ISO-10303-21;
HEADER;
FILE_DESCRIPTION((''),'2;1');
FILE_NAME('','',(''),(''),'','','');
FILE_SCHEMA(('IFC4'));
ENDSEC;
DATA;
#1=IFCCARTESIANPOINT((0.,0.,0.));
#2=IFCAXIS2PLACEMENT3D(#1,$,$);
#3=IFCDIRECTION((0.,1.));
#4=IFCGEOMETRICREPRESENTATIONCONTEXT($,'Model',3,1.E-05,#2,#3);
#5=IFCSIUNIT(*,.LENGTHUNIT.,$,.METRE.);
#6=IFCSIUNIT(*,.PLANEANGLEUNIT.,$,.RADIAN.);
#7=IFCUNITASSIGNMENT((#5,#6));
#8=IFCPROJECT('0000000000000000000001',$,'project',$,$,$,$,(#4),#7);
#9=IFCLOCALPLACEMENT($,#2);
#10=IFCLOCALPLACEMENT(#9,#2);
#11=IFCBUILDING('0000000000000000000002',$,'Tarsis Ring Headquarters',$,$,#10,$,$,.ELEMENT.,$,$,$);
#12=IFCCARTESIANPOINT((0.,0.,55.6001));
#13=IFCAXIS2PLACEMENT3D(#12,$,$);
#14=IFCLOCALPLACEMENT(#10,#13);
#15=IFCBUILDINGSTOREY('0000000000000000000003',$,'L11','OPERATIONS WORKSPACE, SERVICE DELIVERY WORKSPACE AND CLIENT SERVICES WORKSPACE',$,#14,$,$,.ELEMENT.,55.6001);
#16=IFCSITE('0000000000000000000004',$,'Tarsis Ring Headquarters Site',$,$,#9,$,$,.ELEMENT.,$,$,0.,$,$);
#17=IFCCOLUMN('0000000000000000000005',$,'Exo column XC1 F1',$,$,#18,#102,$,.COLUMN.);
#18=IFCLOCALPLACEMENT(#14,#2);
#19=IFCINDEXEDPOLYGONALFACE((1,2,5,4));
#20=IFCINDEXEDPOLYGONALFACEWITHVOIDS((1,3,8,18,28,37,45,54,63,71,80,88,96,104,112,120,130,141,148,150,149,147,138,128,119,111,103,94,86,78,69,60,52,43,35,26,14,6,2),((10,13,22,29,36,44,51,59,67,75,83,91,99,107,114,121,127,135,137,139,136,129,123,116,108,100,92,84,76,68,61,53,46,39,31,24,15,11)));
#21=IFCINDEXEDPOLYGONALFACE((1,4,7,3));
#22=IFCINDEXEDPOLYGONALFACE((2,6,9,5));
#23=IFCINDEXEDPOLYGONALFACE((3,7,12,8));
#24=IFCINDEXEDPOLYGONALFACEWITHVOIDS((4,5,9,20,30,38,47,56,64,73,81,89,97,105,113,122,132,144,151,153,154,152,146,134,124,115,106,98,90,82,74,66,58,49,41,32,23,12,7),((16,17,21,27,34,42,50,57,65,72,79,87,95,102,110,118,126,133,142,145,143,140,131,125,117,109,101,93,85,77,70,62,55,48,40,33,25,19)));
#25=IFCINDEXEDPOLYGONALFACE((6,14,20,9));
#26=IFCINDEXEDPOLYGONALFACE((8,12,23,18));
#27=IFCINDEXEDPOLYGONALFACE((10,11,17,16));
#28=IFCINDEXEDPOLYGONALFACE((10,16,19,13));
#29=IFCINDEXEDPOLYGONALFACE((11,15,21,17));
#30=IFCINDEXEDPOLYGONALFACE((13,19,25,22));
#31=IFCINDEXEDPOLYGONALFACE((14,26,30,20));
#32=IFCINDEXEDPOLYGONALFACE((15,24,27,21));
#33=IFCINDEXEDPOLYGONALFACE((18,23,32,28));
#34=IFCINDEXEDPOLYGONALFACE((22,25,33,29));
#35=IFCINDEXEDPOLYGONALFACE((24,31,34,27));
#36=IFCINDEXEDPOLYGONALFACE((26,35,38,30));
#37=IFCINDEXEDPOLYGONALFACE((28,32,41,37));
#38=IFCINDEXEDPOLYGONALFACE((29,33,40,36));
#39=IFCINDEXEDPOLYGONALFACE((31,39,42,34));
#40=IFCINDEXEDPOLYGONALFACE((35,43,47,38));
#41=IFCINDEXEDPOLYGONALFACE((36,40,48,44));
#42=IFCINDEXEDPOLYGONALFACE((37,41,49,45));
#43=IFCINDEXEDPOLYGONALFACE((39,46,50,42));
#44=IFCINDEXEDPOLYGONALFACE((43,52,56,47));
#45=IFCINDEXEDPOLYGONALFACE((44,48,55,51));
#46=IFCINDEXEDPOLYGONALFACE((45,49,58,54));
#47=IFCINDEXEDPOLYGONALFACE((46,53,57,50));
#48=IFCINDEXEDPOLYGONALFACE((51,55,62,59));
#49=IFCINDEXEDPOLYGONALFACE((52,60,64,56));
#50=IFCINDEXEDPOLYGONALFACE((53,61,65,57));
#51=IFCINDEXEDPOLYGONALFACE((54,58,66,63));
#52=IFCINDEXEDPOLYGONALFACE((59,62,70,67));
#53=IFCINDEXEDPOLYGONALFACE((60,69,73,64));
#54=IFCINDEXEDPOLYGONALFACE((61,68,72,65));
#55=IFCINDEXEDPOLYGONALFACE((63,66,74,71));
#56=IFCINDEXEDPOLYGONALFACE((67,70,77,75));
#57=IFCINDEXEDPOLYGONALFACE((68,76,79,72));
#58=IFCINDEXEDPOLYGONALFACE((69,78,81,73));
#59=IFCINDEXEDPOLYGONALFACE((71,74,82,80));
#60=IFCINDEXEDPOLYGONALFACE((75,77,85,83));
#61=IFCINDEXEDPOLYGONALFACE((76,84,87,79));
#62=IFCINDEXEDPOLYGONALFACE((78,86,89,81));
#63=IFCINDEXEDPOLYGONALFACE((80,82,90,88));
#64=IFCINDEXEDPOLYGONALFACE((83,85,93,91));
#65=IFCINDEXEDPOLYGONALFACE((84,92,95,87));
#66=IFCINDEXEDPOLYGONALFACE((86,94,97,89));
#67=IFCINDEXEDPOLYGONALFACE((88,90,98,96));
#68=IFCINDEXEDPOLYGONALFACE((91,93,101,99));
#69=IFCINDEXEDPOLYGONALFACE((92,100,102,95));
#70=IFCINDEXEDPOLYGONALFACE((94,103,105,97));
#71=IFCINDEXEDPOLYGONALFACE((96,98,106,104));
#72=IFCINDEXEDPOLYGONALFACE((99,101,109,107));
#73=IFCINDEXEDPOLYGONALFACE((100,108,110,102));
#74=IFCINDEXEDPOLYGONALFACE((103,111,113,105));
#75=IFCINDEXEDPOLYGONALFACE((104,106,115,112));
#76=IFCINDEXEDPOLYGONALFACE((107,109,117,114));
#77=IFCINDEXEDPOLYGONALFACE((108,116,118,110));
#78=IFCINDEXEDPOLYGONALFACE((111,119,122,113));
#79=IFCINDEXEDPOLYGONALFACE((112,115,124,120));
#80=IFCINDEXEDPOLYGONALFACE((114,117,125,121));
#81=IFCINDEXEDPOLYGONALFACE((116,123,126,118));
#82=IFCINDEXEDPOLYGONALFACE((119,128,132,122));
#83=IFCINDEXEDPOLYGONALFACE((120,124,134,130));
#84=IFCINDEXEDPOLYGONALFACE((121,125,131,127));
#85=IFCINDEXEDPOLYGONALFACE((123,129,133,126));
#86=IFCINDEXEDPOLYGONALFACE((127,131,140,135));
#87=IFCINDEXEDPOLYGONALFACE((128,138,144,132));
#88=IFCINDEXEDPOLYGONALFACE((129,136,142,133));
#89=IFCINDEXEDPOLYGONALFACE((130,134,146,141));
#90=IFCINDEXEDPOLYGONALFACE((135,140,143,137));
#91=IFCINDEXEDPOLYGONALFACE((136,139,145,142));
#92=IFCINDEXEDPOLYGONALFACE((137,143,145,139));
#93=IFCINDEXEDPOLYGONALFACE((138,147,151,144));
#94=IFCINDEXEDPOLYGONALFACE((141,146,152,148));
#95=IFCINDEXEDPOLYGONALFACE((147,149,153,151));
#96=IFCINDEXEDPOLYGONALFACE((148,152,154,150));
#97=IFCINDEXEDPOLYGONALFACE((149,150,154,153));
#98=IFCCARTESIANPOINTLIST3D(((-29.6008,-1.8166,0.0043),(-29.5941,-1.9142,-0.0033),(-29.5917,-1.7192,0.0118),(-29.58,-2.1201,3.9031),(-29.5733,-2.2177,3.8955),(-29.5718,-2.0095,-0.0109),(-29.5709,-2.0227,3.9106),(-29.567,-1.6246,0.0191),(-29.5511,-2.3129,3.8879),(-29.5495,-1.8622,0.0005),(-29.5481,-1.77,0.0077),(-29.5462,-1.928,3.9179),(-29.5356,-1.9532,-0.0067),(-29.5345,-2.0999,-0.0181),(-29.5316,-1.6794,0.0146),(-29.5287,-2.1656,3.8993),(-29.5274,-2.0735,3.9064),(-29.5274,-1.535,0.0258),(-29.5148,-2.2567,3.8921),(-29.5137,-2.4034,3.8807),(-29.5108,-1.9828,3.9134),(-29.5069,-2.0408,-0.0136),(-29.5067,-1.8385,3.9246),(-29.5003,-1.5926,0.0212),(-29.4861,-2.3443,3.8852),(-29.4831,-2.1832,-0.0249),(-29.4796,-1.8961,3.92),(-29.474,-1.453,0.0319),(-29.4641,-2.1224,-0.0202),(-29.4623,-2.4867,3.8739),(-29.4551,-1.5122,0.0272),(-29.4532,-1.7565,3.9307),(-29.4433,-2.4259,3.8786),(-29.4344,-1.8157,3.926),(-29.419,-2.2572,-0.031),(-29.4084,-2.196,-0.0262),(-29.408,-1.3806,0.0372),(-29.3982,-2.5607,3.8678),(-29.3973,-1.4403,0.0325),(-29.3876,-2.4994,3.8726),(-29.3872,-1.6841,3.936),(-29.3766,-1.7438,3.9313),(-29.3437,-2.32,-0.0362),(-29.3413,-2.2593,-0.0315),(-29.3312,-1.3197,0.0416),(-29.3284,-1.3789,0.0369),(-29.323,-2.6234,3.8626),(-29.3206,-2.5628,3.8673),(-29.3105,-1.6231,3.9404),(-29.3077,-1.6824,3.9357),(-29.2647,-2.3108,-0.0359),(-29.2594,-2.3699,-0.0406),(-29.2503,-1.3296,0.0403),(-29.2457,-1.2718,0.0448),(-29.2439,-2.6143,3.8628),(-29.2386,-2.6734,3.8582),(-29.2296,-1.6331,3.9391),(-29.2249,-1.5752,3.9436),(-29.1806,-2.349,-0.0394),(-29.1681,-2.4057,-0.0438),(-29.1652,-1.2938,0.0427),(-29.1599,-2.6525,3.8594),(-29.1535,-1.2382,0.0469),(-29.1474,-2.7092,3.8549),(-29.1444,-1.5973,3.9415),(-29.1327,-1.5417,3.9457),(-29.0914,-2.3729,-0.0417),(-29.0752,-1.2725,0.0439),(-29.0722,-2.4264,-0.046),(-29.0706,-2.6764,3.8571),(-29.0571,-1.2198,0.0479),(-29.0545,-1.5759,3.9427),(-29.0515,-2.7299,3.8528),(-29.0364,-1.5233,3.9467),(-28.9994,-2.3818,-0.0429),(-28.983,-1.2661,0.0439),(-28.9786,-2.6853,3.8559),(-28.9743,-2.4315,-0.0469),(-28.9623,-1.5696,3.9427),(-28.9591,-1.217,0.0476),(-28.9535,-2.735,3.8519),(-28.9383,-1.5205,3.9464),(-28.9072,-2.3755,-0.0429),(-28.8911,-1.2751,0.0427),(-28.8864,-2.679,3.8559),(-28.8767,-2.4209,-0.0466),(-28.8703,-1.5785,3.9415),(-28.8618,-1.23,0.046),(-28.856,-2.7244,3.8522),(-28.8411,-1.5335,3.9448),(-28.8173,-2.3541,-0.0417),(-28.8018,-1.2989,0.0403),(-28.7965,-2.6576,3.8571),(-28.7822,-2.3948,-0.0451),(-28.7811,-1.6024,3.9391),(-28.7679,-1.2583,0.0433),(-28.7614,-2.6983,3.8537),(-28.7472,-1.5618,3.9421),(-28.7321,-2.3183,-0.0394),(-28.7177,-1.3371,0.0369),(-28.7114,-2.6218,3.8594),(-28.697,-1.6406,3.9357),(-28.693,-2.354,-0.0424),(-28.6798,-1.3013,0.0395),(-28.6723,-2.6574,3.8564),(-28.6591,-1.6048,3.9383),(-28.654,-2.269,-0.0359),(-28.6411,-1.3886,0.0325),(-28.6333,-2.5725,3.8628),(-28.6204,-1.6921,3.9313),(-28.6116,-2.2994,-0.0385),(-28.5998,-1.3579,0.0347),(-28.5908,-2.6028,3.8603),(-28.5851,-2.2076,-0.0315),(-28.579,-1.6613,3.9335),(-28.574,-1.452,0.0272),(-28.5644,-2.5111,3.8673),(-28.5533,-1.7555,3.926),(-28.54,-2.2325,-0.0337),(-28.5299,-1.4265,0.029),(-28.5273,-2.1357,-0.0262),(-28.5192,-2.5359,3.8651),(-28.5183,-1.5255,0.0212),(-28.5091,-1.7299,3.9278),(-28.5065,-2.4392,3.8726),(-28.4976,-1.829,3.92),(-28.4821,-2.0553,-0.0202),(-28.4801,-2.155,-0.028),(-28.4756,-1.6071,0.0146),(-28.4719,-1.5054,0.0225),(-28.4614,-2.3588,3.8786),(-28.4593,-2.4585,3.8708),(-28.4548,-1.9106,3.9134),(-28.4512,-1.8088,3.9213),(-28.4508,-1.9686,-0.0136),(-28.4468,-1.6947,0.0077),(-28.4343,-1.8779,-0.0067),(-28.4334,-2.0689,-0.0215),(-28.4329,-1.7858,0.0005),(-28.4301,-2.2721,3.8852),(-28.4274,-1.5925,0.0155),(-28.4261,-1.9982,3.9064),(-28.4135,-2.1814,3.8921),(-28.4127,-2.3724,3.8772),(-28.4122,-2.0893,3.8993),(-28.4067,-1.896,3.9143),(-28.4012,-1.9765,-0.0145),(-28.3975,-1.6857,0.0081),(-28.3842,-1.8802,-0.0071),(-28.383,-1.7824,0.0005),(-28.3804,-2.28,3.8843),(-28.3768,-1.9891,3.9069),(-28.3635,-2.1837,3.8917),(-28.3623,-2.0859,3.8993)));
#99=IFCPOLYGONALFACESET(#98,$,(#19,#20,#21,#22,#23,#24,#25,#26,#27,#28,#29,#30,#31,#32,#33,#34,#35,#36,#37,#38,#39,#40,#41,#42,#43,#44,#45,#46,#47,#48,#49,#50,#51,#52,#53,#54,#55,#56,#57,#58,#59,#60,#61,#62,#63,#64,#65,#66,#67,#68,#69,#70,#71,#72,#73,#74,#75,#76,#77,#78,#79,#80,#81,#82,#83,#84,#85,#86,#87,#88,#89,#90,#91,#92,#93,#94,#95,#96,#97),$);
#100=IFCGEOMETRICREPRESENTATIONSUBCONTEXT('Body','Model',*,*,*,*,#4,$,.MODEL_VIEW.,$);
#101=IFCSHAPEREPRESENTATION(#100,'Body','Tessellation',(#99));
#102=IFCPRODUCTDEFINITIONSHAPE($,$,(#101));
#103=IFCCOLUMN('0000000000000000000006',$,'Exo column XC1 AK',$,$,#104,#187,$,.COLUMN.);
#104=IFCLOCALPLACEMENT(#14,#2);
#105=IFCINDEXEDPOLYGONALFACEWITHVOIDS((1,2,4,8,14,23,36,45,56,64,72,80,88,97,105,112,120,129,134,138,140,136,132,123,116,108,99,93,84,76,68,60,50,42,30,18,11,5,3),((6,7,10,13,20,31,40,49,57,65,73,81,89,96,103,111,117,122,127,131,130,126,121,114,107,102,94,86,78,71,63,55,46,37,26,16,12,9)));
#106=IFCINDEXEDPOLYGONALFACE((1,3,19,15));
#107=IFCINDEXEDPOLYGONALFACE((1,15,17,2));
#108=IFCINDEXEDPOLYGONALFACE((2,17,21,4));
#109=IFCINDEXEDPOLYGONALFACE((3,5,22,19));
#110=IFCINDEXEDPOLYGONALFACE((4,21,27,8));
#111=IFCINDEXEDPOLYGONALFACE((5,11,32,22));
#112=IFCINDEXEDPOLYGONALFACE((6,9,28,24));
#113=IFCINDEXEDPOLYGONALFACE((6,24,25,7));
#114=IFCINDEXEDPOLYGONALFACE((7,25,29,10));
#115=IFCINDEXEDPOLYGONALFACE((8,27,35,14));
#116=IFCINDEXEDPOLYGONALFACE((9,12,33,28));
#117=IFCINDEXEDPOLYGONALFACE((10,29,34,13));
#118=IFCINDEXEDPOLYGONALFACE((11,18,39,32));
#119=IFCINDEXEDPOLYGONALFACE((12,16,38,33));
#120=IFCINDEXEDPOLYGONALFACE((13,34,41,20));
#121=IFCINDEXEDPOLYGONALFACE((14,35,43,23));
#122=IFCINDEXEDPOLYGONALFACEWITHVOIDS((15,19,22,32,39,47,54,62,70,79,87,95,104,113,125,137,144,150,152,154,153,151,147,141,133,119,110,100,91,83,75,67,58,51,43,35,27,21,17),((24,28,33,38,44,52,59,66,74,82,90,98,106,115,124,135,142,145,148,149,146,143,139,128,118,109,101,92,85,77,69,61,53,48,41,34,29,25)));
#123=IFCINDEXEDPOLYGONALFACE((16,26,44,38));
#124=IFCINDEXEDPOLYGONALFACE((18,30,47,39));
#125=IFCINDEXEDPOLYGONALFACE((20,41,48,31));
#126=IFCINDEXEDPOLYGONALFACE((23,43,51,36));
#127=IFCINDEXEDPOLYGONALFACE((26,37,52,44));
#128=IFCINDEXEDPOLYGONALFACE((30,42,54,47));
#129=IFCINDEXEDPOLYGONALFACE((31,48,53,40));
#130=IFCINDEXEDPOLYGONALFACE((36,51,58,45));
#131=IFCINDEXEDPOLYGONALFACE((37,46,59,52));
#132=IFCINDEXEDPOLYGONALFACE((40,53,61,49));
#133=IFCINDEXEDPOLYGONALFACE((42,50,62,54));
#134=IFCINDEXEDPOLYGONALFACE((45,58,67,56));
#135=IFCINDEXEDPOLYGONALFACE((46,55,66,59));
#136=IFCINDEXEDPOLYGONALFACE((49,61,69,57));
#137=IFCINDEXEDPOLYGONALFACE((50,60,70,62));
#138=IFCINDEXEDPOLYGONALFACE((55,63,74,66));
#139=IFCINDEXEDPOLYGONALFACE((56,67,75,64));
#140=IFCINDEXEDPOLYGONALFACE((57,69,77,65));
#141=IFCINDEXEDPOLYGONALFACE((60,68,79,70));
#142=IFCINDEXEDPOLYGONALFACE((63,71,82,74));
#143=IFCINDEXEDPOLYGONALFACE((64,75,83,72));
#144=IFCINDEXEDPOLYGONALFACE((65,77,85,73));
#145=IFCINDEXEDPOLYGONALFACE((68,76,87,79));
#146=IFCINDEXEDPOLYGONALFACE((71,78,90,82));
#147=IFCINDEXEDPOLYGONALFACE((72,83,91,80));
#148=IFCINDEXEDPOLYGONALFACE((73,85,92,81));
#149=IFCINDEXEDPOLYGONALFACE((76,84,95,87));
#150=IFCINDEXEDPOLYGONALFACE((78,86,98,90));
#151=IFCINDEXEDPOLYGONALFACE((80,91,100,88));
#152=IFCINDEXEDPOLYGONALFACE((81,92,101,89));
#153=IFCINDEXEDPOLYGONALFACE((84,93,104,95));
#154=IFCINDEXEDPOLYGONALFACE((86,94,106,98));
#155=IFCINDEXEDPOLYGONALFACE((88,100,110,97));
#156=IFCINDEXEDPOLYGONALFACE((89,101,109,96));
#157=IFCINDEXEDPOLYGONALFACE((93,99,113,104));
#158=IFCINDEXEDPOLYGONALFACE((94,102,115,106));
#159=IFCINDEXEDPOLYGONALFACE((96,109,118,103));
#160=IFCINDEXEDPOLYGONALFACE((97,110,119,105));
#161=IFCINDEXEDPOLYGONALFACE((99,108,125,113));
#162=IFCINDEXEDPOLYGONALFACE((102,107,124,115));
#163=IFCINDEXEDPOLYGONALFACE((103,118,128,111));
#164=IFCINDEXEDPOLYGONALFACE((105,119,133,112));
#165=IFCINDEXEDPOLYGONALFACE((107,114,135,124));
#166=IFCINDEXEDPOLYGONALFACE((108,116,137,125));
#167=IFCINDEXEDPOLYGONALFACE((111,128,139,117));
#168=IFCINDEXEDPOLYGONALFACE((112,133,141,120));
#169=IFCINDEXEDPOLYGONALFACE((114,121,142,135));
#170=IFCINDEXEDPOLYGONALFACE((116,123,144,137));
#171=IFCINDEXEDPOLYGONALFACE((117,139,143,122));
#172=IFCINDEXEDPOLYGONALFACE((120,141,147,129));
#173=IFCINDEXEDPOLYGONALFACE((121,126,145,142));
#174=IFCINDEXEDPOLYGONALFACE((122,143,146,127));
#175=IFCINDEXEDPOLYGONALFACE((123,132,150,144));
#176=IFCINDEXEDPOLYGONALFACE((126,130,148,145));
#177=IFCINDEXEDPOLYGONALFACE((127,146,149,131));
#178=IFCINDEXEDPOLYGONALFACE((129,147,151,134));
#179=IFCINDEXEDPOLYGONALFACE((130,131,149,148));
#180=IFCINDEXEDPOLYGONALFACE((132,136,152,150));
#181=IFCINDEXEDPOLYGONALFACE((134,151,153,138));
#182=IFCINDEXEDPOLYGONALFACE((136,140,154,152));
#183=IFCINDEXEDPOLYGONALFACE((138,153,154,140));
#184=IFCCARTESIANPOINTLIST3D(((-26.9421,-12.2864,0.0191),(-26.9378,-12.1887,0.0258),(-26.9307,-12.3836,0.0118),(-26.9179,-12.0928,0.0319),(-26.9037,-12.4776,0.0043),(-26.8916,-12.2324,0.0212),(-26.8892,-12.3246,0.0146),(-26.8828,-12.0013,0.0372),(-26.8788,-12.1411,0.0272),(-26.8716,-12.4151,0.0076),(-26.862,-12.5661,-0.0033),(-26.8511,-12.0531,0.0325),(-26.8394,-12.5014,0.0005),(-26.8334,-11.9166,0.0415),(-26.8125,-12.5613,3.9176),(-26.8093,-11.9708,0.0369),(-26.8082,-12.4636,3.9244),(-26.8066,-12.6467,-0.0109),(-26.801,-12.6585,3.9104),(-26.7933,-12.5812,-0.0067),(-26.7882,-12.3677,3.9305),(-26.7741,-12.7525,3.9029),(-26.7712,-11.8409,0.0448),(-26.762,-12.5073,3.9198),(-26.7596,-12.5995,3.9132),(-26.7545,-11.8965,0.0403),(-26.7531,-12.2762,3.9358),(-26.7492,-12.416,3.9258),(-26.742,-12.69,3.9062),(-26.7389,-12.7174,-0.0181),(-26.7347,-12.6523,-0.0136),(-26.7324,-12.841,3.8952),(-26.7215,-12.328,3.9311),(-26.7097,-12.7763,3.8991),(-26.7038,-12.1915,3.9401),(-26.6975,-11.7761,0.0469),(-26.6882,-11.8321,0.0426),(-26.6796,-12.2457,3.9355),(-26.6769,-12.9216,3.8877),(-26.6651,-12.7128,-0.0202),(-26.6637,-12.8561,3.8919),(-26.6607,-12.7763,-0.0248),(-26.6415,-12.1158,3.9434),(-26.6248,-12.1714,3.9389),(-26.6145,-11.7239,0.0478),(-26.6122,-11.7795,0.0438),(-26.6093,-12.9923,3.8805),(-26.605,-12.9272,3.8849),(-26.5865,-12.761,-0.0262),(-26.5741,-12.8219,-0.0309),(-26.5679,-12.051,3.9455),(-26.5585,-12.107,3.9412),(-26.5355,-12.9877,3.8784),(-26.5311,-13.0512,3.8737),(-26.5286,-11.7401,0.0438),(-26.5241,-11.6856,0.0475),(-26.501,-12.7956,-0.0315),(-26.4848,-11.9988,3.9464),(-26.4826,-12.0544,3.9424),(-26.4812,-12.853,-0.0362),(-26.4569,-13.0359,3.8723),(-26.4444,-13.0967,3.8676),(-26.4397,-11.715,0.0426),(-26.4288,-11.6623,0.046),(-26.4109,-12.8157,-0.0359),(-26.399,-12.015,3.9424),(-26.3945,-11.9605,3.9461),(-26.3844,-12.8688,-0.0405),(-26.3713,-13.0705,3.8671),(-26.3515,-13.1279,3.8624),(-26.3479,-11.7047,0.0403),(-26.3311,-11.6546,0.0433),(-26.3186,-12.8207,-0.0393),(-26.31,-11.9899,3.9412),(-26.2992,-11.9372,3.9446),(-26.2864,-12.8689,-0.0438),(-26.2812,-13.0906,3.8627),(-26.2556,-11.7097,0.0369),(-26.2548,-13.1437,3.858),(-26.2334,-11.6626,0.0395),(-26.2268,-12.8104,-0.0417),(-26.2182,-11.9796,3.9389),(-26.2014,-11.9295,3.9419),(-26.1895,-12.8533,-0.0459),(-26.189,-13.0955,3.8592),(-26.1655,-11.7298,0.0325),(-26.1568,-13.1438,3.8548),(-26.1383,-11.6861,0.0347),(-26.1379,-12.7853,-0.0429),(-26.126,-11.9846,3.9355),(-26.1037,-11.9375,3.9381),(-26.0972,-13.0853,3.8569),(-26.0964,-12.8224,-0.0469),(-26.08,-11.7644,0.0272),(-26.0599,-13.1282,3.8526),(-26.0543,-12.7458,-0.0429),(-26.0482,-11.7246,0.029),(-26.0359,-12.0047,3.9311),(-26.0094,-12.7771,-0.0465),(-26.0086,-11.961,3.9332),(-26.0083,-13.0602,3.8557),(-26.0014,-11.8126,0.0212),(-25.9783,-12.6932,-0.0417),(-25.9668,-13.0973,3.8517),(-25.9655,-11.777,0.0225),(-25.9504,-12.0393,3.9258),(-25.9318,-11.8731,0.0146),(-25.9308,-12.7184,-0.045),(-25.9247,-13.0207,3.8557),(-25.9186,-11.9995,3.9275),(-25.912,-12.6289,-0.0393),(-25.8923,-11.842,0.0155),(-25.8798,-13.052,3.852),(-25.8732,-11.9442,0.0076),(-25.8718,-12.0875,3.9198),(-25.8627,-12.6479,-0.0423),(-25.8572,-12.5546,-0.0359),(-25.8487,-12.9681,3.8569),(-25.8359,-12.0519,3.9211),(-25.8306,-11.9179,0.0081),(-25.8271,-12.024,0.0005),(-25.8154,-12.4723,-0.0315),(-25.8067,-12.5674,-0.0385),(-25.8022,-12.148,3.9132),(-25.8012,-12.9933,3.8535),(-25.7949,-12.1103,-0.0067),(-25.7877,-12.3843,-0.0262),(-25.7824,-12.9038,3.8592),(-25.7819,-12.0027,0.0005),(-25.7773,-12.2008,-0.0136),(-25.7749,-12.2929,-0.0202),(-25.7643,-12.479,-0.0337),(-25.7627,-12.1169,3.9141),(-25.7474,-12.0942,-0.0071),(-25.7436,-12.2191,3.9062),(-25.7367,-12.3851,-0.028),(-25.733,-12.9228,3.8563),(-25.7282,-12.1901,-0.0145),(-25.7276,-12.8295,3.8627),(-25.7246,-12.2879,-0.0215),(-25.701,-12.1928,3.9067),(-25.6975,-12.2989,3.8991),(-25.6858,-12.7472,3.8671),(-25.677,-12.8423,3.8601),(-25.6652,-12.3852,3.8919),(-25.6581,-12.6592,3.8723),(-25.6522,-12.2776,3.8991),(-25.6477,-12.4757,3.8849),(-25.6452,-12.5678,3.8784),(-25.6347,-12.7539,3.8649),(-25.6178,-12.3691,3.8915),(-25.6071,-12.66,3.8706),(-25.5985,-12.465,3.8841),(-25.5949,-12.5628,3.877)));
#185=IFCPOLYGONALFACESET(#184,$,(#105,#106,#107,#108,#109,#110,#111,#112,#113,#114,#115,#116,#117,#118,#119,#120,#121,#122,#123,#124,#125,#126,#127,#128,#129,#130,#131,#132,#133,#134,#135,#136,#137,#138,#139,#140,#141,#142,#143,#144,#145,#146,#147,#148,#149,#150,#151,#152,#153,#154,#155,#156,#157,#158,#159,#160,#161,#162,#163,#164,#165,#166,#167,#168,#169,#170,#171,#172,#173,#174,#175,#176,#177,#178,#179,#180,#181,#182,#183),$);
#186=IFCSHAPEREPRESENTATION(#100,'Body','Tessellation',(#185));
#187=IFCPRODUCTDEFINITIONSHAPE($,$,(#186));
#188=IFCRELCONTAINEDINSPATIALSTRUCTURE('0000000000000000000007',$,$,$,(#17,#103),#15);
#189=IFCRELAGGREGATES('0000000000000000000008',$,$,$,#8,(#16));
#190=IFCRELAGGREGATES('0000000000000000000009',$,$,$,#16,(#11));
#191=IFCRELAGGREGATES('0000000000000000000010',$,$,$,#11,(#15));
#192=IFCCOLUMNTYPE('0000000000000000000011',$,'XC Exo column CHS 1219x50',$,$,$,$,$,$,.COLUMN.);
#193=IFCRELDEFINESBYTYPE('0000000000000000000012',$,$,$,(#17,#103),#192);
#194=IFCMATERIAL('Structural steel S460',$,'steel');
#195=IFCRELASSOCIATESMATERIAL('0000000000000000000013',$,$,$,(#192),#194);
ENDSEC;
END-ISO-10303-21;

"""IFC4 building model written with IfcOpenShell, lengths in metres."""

from ifc_helpers import new_model, si_unit, direction, frame, origin, origin_2d, place, context, subcontext, project, spatial, hollow_circle, extrude, material, material_profile, profile_set, type_object, element, save


model = new_model("IFC4")

# Units and contexts
model_context = context("Model", 3, precision=1e-05, world=origin(), true_north=direction((0.0, 1.0)))
body_context = subcontext(model_context, "Body", "Model", "MODEL_VIEW")
ifc_project = project(units=[si_unit("LENGTHUNIT", "METRE"), si_unit("PLANEANGLEUNIT", "RADIAN")], contexts=[model_context])

# Site, building, storey
site_placement = place(None, origin())
site = spatial("IfcSite", under=ifc_project, at=site_placement, Name="Tarsis Ring Headquarters Site", CompositionType="ELEMENT", RefElevation=0.0)
building_placement = place(site_placement, origin())
building = spatial("IfcBuilding", under=site, at=building_placement, Name="Tarsis Ring Headquarters", CompositionType="ELEMENT")
storey_placement = place(building_placement, frame((0.0, 0.0, 55.6001)))
storey = spatial("IfcBuildingStorey", under=building, at=storey_placement, Name="L11", Description="OPERATIONS WORKSPACE, SERVICE DELIVERY WORKSPACE AND CLIENT SERVICES WORKSPACE", CompositionType="ELEMENT", Elevation=55.6001)

# Columns
ifc_material_1 = material(Name="Structural steel S460", Category="steel")
ifc_material_profile_1 = material_profile(ifc_material_1, hollow_circle(Radius=0.6096, WallThickness=0.05, at=origin_2d()), Name="CHS 1219x50")
ifc_profile_set_1 = profile_set([ifc_material_profile_1], Name="Structural steel S460")
column_type = type_object("IfcColumnType", Name="XC Exo column CHS 1219x50", PredefinedType="COLUMN", material=ifc_profile_set_1)
column_1_placement = place(storey_placement, frame((-28.9912, -1.824, 0.0005), z_axis=(0.005307, -0.077602, 0.99697), x_axis=(0.99767, 0.068224, 0.0)))
element("IfcColumn", 1, at=column_1_placement, inside=storey, type_object=column_type, Name="Exo column XC1 F1", PredefinedType="COLUMN", context=body_context, shape_type="SweptSolid", body=[
    extrude(hollow_circle(Radius=0.6096, WallThickness=0.05, at=origin_2d()), origin(), (0.0, 0.0, 1.0), 3.9106),
])
column_2_placement = place(storey_placement, frame((-26.3333, -12.2627, 0.0005), z_axis=(0.033151, -0.070298, 0.996975), x_axis=(0.904473, 0.426532, 0.0)))
element("IfcColumn", 2, at=column_2_placement, inside=storey, type_object=column_type, Name="Exo column XC1 AK", PredefinedType="COLUMN", context=body_context, shape_type="SweptSolid", body=[
    extrude(hollow_circle(Radius=0.6096, WallThickness=0.05, at=origin_2d()), origin(), (0.0, 0.0, 1.0), 3.9104),
])

save(model, "model.ifc")
